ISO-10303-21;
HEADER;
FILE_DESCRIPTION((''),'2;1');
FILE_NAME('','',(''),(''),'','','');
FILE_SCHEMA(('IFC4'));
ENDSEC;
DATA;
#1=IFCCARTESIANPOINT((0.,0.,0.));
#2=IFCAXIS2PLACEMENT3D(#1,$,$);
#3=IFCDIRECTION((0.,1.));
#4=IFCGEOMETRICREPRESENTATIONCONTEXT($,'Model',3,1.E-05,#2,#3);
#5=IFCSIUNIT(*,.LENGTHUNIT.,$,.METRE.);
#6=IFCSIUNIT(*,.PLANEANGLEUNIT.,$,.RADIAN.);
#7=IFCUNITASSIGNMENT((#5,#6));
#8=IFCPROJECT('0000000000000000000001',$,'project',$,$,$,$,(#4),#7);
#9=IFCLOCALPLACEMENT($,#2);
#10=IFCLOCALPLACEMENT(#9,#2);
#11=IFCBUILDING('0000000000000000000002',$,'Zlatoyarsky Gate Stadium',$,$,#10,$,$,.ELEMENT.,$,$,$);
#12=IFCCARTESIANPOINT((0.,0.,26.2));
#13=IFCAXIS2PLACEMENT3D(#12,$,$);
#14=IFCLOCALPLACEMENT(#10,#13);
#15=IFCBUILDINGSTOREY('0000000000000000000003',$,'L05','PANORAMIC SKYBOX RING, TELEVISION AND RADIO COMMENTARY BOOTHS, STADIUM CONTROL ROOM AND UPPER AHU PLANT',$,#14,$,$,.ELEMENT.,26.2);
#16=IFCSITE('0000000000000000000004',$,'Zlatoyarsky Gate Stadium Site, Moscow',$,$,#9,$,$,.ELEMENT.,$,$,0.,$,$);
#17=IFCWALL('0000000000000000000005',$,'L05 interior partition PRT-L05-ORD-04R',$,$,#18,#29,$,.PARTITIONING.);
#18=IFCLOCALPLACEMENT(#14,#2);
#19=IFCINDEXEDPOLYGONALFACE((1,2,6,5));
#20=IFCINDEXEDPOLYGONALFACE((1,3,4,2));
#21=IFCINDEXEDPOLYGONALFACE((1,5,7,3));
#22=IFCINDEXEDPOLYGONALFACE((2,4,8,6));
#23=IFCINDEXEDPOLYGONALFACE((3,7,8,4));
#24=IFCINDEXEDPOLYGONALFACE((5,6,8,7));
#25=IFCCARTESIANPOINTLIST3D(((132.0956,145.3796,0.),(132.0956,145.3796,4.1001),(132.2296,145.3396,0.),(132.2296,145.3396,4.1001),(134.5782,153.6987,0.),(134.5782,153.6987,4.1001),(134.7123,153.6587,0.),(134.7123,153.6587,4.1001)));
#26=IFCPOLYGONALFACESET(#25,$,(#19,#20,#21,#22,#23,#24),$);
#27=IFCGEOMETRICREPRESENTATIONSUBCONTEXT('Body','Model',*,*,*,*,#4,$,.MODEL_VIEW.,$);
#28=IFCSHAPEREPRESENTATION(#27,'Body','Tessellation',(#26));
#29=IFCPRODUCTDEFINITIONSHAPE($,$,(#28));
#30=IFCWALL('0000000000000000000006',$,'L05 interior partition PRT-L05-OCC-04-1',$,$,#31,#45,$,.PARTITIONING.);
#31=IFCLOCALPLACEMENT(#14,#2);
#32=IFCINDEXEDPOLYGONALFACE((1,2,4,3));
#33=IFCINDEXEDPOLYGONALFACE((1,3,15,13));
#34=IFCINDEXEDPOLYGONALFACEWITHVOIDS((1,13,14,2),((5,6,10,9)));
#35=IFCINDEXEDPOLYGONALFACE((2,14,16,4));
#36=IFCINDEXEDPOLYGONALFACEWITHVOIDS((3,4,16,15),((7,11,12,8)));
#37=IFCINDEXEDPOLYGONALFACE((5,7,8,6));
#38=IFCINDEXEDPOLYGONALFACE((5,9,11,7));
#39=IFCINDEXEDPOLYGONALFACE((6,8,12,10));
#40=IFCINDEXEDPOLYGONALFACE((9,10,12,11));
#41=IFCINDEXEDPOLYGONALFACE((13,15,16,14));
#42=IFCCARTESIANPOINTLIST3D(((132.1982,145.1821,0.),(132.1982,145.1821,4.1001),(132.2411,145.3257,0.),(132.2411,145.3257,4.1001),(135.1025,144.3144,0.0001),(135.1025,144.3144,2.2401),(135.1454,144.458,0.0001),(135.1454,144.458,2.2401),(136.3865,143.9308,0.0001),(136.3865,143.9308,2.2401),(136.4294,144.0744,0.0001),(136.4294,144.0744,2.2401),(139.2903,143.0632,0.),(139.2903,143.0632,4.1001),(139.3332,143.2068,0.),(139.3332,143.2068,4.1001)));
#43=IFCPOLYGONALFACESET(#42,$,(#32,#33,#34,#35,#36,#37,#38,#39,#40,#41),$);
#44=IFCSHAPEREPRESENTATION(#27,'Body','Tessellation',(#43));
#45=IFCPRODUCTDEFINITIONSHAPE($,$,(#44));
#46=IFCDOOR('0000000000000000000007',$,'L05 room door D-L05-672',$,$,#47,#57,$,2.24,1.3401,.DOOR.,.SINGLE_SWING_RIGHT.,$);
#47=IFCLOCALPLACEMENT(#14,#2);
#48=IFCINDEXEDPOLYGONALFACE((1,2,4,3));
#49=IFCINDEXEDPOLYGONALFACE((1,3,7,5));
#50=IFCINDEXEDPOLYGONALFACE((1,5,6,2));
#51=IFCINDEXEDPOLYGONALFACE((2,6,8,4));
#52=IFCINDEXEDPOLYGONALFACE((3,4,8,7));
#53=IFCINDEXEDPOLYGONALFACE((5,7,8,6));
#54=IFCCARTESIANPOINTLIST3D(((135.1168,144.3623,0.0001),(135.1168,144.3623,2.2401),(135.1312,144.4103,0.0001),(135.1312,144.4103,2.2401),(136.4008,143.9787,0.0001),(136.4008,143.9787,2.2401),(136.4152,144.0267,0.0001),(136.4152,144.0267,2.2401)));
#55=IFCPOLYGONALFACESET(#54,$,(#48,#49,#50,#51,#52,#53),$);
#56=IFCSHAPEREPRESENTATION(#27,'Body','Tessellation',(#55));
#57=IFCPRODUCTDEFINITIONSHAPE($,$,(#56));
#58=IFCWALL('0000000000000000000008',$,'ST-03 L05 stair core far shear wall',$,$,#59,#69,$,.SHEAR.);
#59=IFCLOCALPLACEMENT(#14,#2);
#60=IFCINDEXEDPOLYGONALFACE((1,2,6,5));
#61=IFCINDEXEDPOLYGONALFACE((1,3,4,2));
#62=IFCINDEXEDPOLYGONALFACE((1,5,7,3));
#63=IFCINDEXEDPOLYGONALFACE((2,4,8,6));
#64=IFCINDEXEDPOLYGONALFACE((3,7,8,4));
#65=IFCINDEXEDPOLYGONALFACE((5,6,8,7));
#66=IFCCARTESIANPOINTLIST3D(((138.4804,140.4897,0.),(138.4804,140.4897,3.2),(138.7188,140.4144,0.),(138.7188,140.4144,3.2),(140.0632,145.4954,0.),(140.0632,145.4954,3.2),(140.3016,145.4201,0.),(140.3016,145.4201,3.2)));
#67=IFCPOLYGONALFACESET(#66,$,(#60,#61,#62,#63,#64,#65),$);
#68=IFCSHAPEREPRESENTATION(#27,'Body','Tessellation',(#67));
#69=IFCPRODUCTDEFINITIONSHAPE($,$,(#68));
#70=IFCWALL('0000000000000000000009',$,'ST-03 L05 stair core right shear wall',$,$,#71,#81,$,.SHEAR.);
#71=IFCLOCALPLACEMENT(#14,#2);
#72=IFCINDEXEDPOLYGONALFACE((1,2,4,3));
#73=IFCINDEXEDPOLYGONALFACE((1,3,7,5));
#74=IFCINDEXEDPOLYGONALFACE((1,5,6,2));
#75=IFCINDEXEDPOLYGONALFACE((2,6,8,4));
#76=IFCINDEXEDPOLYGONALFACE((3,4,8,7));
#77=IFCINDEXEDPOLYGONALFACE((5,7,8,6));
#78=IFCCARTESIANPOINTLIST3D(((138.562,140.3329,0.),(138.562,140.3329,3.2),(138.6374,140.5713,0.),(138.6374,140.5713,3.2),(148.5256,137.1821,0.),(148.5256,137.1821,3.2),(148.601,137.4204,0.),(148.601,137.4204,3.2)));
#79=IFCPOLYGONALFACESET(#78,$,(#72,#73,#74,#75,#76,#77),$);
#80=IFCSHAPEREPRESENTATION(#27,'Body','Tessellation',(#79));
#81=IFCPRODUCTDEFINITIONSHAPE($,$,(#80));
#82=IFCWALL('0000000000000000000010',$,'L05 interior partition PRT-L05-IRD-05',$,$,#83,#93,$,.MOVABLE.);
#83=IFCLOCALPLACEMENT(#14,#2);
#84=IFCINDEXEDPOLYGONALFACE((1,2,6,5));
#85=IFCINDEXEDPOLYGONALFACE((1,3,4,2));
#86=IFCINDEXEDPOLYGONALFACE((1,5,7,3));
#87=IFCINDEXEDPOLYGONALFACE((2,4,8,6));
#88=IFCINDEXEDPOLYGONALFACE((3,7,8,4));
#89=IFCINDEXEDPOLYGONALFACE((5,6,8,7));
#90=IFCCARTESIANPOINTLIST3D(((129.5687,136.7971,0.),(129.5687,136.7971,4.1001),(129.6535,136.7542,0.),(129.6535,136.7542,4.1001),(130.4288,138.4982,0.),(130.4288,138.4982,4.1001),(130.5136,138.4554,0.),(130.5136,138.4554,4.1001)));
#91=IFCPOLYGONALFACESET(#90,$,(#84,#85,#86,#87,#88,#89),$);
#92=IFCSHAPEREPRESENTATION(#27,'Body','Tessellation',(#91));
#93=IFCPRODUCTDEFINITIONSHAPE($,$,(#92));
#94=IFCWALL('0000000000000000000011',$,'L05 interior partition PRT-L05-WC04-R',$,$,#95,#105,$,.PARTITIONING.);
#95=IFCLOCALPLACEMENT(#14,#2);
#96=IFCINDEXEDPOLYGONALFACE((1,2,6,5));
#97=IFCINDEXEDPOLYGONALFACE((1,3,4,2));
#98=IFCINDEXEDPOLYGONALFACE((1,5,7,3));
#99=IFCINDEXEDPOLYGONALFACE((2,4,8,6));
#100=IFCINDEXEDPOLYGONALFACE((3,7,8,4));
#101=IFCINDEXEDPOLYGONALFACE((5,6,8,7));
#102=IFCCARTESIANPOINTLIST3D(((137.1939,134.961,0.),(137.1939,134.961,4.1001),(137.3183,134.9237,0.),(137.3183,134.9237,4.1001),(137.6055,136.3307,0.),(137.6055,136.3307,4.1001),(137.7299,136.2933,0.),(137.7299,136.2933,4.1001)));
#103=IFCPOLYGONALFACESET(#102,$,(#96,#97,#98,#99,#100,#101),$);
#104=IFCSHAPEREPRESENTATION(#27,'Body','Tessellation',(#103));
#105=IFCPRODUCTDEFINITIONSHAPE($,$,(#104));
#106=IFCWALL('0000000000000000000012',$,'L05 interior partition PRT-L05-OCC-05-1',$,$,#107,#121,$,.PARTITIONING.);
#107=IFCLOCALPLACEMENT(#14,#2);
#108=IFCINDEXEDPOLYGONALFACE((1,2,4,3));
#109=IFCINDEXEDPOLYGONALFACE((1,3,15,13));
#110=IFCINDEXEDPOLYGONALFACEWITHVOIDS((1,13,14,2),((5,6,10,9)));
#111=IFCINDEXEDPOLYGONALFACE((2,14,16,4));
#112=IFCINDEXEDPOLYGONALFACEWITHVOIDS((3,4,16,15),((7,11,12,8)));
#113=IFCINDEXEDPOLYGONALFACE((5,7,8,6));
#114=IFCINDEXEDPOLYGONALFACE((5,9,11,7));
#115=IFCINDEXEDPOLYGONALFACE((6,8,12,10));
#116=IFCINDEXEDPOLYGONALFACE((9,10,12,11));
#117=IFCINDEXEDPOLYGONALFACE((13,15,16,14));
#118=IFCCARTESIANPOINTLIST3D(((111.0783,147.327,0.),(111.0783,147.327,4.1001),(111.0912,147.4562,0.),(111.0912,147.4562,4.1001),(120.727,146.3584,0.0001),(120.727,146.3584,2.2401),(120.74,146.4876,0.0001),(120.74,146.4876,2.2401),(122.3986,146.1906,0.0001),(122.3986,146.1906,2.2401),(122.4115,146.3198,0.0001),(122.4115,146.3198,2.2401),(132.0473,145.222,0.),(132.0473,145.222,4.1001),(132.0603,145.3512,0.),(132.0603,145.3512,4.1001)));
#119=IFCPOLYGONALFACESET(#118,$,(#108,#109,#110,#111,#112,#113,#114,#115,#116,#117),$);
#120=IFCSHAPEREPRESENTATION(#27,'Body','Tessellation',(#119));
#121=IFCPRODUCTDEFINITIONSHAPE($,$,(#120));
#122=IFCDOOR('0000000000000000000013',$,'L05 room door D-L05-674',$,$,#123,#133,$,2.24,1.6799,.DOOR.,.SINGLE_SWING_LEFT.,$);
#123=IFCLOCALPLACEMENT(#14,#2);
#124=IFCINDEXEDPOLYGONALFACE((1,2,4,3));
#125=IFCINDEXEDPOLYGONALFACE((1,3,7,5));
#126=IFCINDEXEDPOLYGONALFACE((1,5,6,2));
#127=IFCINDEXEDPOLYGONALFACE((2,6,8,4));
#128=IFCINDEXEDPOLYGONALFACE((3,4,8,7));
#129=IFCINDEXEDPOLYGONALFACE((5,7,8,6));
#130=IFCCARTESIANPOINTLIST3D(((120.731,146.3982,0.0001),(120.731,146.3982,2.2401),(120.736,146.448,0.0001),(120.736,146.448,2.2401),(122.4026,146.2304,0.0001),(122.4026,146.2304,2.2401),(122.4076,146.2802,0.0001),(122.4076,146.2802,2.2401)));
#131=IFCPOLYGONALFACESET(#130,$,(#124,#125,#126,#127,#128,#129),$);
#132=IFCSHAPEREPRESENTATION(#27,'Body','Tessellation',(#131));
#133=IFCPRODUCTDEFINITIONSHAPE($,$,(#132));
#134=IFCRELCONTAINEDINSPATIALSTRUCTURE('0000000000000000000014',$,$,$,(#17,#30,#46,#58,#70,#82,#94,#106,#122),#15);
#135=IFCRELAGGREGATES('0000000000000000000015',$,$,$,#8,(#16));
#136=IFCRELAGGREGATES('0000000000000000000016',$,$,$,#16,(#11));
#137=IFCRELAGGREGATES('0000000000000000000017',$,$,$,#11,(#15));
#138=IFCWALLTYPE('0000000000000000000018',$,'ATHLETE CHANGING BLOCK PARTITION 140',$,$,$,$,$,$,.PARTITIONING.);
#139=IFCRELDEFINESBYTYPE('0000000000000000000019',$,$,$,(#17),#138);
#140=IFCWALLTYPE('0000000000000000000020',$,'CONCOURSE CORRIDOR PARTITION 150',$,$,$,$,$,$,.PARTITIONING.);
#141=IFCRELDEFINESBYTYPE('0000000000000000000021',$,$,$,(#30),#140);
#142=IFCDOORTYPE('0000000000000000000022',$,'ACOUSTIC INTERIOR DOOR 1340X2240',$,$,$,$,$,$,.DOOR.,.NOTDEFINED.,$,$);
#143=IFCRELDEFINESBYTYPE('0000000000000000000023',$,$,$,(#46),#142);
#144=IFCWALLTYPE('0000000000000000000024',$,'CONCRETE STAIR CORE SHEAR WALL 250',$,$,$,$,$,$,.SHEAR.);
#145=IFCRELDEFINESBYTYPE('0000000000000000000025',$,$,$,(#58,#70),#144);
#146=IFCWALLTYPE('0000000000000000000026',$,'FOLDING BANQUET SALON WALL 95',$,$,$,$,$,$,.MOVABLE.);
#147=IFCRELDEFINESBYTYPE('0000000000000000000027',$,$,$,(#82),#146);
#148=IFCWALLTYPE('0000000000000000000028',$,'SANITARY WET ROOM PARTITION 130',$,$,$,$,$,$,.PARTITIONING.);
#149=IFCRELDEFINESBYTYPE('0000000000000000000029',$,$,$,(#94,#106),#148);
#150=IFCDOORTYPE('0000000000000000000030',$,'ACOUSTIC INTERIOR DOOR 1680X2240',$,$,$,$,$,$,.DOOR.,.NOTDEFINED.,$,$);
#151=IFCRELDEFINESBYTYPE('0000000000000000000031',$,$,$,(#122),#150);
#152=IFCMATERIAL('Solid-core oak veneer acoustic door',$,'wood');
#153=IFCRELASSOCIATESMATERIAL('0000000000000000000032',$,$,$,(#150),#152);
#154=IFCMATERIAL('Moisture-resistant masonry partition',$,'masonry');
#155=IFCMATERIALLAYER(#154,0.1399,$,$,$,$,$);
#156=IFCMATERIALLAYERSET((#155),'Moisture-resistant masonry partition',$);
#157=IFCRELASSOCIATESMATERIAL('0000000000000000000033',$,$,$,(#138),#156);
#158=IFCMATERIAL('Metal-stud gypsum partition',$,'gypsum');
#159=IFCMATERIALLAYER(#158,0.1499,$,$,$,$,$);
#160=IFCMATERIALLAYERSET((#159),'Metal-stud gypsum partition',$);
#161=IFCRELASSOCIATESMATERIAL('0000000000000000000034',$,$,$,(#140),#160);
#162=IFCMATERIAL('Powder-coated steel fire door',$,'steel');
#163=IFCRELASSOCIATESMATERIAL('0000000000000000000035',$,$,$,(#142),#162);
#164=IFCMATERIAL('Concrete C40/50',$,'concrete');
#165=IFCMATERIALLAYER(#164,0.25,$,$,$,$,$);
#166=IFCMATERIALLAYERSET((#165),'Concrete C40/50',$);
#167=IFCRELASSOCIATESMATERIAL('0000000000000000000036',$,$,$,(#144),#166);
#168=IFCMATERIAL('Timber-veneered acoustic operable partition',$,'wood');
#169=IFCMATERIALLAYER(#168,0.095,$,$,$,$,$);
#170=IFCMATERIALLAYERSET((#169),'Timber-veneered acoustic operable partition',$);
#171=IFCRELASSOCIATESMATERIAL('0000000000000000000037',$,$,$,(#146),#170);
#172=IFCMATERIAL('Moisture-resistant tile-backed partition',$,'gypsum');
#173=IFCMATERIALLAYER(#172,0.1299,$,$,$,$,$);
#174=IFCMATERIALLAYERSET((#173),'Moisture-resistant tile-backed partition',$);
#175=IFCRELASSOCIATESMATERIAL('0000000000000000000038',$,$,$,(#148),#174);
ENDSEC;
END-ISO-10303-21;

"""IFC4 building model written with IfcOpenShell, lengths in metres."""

from ifc_helpers import new_model, si_unit, direction, frame, frame_2d, origin, place, context, subcontext, project, spatial, rectangle, extrude, material, layer, layer_set, type_object, element, fill, save


model = new_model("IFC4")

# Units and contexts
model_context = context("Model", 3, precision=1e-05, world=origin(), true_north=direction((0.0, 1.0)))
body_context = subcontext(model_context, "Body", "Model", "MODEL_VIEW")
ifc_project = project(units=[si_unit("LENGTHUNIT", "METRE"), si_unit("PLANEANGLEUNIT", "RADIAN")], contexts=[model_context])

# Site, building, storey
site_placement = place(None, origin())
site = spatial("IfcSite", under=ifc_project, at=site_placement, Name="Zlatoyarsky Gate Stadium Site, Moscow", CompositionType="ELEMENT", RefElevation=0.0)
building_placement = place(site_placement, origin())
building = spatial("IfcBuilding", under=site, at=building_placement, Name="Zlatoyarsky Gate Stadium", CompositionType="ELEMENT")
storey_placement = place(building_placement, frame((0.0, 0.0, 26.2)))
storey = spatial("IfcBuildingStorey", under=building, at=storey_placement, Name="L05", Description="PANORAMIC SKYBOX RING, TELEVISION AND RADIO COMMENTARY BOOTHS, STADIUM CONTROL ROOM AND UPPER AHU PLANT", CompositionType="ELEMENT", Elevation=26.2)

# Shared definitions
ifc_material_1 = material(Name="Powder-coated steel fire door", Category="steel")
ifc_material_2 = material(Name="Solid-core oak veneer acoustic door", Category="wood")
door_type_1 = type_object("IfcDoorType", Name="ACOUSTIC INTERIOR DOOR 1680X2240", OperationType="NOTDEFINED", PredefinedType="DOOR", material=ifc_material_2)

# Wall
ifc_material_3 = material(Name="Moisture-resistant masonry partition", Category="masonry")
ifc_layer_1 = layer(ifc_material_3, 0.1399)
ifc_layer_set_1 = layer_set([ifc_layer_1], Name="Moisture-resistant masonry partition")
wall_type_1 = type_object("IfcWallType", Name="ATHLETE CHANGING BLOCK PARTITION 140", PredefinedType="PARTITIONING", material=ifc_layer_set_1)
wall_1_placement = place(storey_placement, frame((132.1626, 145.3596, 0.0), z_axis=(0.0, 0.0, 1.0), x_axis=(0.285967, 0.958239, 0.0)))
element("IfcWall", 1, at=wall_1_placement, inside=storey, type_object=wall_type_1, Name="L05 interior partition PRT-L05-ORD-04R", PredefinedType="PARTITIONING", context=body_context, shape_type="SweptSolid", body=[
    extrude(rectangle(XDim=8.6816, YDim=0.1399, at=frame_2d((4.3408, 0.0))), origin(), (0.0, 0.0, 1.0), 4.1001),
])

# Wall, opening, door
ifc_material_4 = material(Name="Metal-stud gypsum partition", Category="gypsum")
ifc_layer_2 = layer(ifc_material_4, 0.1499)
ifc_layer_set_2 = layer_set([ifc_layer_2], Name="Metal-stud gypsum partition")
wall_type_2 = type_object("IfcWallType", Name="CONCOURSE CORRIDOR PARTITION 150", PredefinedType="PARTITIONING", material=ifc_layer_set_2)
wall_2_placement = place(storey_placement, frame((139.3118, 143.135, 0.0), z_axis=(0.0, 0.0, 1.0), x_axis=(-0.95815, 0.286267, 0.0)))
wall_2 = element("IfcWall", 2, at=wall_2_placement, inside=storey, type_object=wall_type_2, Name="L05 interior partition PRT-L05-OCC-04-1", PredefinedType="PARTITIONING", context=body_context, shape_type="SweptSolid", body=[
    extrude(rectangle(XDim=7.4019, YDim=0.1499, at=frame_2d((3.7009, 0.0))), origin(), (0.0, 0.0, 1.0), 4.1001),
])
opening_1_placement = place(wall_2_placement, frame((3.0308, 0.0, 0.0)))
opening_1 = element("IfcOpeningElement", 3, at=opening_1_placement, cuts=wall_2, PredefinedType="OPENING", context=body_context, shape_type="SweptSolid", body=[
    extrude(rectangle(XDim=1.3401, YDim=2.24, at=frame_2d((0.6699, 1.1201))), frame((0.0, 0.085, 0.0), z_axis=(0.0, -1.0, 0.0), x_axis=(1.0, 0.0, 0.0)), (0.0, 0.0, 1.0), 0.1699),
])
door_type_2 = type_object("IfcDoorType", Name="ACOUSTIC INTERIOR DOOR 1340X2240", OperationType="NOTDEFINED", PredefinedType="DOOR", material=ifc_material_1)
door_1_placement = place(opening_1_placement, origin())
door_1 = element("IfcDoor", 4, at=door_1_placement, inside=storey, type_object=door_type_2, Name="L05 room door D-L05-672", OperationType="SINGLE_SWING_RIGHT", OverallHeight=2.24, OverallWidth=1.3401, PredefinedType="DOOR", context=body_context, shape_type="SweptSolid", body=[
    extrude(rectangle(XDim=1.3401, YDim=2.24, at=frame_2d((0.6699, 1.1201))), frame((0.0, 0.0249, 0.0), z_axis=(0.0, -1.0, 0.0), x_axis=(1.0, 0.0, 0.0)), (0.0, 0.0, 1.0), 0.05),
])
fill(opening_1, door_1)

# Walls
ifc_material_5 = material(Name="Concrete C40/50", Category="concrete")
ifc_layer_3 = layer(ifc_material_5, 0.25)
ifc_layer_set_3 = layer_set([ifc_layer_3], Name="Concrete C40/50")
wall_type_3 = type_object("IfcWallType", Name="CONCRETE STAIR CORE SHEAR WALL 250", PredefinedType="SHEAR", material=ifc_layer_set_3)
wall_3_placement = place(storey_placement, frame((140.1824, 145.4578, 0.0), z_axis=(0.0, 0.0, 1.0), x_axis=(-0.301485, -0.953471, 0.0)))
element("IfcWall", 5, at=wall_3_placement, inside=storey, type_object=wall_type_3, Name="ST-03 L05 stair core far shear wall", PredefinedType="SHEAR", context=body_context, shape_type="SweptSolid", body=[
    extrude(rectangle(XDim=5.25, YDim=0.25, at=frame_2d((2.625, 0.0))), origin(), (0.0, 0.0, 1.0), 3.2),
])
wall_4_placement = place(storey_placement, frame((138.5996, 140.4521, 0.0), z_axis=(0.0, 0.0, 1.0), x_axis=(0.95346, -0.30152, 0.0)))
element("IfcWall", 6, at=wall_4_placement, inside=storey, type_object=wall_type_3, Name="ST-03 L05 stair core right shear wall", PredefinedType="SHEAR", context=body_context, shape_type="SweptSolid", body=[
    extrude(rectangle(XDim=10.45, YDim=0.25, at=frame_2d((5.2251, 0.0))), origin(), (0.0, 0.0, 1.0), 3.2),
])
ifc_material_6 = material(Name="Timber-veneered acoustic operable partition", Category="wood")
ifc_layer_4 = layer(ifc_material_6, 0.095)
ifc_layer_set_4 = layer_set([ifc_layer_4], Name="Timber-veneered acoustic operable partition")
wall_type_4 = type_object("IfcWallType", Name="FOLDING BANQUET SALON WALL 95", PredefinedType="MOVABLE", material=ifc_layer_set_4)
wall_5_placement = place(storey_placement, frame((129.6111, 136.7756, 0.0), z_axis=(0.0, 0.0, 1.0), x_axis=(0.451205, 0.89242, 0.0)))
element("IfcWall", 7, at=wall_5_placement, inside=storey, type_object=wall_type_4, Name="L05 interior partition PRT-L05-IRD-05", PredefinedType="MOVABLE", context=body_context, shape_type="SweptSolid", body=[
    extrude(rectangle(XDim=1.9062, YDim=0.095, at=frame_2d((0.9531, 0.0))), origin(), (0.0, 0.0, 1.0), 4.1001),
])
ifc_material_7 = material(Name="Moisture-resistant tile-backed partition", Category="gypsum")
ifc_layer_5 = layer(ifc_material_7, 0.1299)
ifc_layer_set_5 = layer_set([ifc_layer_5], Name="Moisture-resistant tile-backed partition")
wall_type_5 = type_object("IfcWallType", Name="SANITARY WET ROOM PARTITION 130", PredefinedType="PARTITIONING", material=ifc_layer_set_5)
wall_6_placement = place(storey_placement, frame((137.6677, 136.312, 0.0), z_axis=(0.0, 0.0, 1.0), x_axis=(-0.287818, -0.957685, 0.0)))
element("IfcWall", 8, at=wall_6_placement, inside=storey, type_object=wall_type_5, Name="L05 interior partition PRT-L05-WC04-R", PredefinedType="PARTITIONING", context=body_context, shape_type="SweptSolid", body=[
    extrude(rectangle(XDim=1.4302, YDim=0.1299, at=frame_2d((0.7151, 0.0))), origin(), (0.0, 0.0, 1.0), 4.1001),
])

# Wall, opening, door
wall_7_placement = place(storey_placement, frame((132.0537, 145.2866, 0.0), z_axis=(0.0, 0.0, 1.0), x_axis=(-0.994999, 0.099883, 0.0)))
wall_7 = element("IfcWall", 9, at=wall_7_placement, inside=storey, type_object=wall_type_5, Name="L05 interior partition PRT-L05-OCC-05-1", PredefinedType="PARTITIONING", context=body_context, shape_type="SweptSolid", body=[
    extrude(rectangle(XDim=21.0745, YDim=0.1299, at=frame_2d((10.5371, 0.0))), origin(), (0.0, 0.0, 1.0), 4.1001),
])
opening_2_placement = place(wall_7_placement, frame((9.6973, 0.0, 0.0)))
opening_2 = element("IfcOpeningElement", 10, at=opening_2_placement, cuts=wall_7, PredefinedType="OPENING", context=body_context, shape_type="SweptSolid", body=[
    extrude(rectangle(XDim=1.6799, YDim=2.24, at=frame_2d((0.8398, 1.1201))), frame((0.0, 0.075, 0.0), z_axis=(0.0, -1.0, 0.0), x_axis=(1.0, 0.0, 0.0)), (0.0, 0.0, 1.0), 0.1499),
])
door_2_placement = place(opening_2_placement, origin())
door_2 = element("IfcDoor", 11, at=door_2_placement, inside=storey, type_object=door_type_1, Name="L05 room door D-L05-674", OperationType="SINGLE_SWING_LEFT", OverallHeight=2.24, OverallWidth=1.6799, PredefinedType="DOOR", context=body_context, shape_type="SweptSolid", body=[
    extrude(rectangle(XDim=1.6799, YDim=2.24, at=frame_2d((0.8398, 1.1201))), frame((0.0, 0.0249, 0.0), z_axis=(0.0, -1.0, 0.0), x_axis=(1.0, 0.0, 0.0)), (0.0, 0.0, 1.0), 0.05),
])
fill(opening_2, door_2)

save(model, "model.ifc")
